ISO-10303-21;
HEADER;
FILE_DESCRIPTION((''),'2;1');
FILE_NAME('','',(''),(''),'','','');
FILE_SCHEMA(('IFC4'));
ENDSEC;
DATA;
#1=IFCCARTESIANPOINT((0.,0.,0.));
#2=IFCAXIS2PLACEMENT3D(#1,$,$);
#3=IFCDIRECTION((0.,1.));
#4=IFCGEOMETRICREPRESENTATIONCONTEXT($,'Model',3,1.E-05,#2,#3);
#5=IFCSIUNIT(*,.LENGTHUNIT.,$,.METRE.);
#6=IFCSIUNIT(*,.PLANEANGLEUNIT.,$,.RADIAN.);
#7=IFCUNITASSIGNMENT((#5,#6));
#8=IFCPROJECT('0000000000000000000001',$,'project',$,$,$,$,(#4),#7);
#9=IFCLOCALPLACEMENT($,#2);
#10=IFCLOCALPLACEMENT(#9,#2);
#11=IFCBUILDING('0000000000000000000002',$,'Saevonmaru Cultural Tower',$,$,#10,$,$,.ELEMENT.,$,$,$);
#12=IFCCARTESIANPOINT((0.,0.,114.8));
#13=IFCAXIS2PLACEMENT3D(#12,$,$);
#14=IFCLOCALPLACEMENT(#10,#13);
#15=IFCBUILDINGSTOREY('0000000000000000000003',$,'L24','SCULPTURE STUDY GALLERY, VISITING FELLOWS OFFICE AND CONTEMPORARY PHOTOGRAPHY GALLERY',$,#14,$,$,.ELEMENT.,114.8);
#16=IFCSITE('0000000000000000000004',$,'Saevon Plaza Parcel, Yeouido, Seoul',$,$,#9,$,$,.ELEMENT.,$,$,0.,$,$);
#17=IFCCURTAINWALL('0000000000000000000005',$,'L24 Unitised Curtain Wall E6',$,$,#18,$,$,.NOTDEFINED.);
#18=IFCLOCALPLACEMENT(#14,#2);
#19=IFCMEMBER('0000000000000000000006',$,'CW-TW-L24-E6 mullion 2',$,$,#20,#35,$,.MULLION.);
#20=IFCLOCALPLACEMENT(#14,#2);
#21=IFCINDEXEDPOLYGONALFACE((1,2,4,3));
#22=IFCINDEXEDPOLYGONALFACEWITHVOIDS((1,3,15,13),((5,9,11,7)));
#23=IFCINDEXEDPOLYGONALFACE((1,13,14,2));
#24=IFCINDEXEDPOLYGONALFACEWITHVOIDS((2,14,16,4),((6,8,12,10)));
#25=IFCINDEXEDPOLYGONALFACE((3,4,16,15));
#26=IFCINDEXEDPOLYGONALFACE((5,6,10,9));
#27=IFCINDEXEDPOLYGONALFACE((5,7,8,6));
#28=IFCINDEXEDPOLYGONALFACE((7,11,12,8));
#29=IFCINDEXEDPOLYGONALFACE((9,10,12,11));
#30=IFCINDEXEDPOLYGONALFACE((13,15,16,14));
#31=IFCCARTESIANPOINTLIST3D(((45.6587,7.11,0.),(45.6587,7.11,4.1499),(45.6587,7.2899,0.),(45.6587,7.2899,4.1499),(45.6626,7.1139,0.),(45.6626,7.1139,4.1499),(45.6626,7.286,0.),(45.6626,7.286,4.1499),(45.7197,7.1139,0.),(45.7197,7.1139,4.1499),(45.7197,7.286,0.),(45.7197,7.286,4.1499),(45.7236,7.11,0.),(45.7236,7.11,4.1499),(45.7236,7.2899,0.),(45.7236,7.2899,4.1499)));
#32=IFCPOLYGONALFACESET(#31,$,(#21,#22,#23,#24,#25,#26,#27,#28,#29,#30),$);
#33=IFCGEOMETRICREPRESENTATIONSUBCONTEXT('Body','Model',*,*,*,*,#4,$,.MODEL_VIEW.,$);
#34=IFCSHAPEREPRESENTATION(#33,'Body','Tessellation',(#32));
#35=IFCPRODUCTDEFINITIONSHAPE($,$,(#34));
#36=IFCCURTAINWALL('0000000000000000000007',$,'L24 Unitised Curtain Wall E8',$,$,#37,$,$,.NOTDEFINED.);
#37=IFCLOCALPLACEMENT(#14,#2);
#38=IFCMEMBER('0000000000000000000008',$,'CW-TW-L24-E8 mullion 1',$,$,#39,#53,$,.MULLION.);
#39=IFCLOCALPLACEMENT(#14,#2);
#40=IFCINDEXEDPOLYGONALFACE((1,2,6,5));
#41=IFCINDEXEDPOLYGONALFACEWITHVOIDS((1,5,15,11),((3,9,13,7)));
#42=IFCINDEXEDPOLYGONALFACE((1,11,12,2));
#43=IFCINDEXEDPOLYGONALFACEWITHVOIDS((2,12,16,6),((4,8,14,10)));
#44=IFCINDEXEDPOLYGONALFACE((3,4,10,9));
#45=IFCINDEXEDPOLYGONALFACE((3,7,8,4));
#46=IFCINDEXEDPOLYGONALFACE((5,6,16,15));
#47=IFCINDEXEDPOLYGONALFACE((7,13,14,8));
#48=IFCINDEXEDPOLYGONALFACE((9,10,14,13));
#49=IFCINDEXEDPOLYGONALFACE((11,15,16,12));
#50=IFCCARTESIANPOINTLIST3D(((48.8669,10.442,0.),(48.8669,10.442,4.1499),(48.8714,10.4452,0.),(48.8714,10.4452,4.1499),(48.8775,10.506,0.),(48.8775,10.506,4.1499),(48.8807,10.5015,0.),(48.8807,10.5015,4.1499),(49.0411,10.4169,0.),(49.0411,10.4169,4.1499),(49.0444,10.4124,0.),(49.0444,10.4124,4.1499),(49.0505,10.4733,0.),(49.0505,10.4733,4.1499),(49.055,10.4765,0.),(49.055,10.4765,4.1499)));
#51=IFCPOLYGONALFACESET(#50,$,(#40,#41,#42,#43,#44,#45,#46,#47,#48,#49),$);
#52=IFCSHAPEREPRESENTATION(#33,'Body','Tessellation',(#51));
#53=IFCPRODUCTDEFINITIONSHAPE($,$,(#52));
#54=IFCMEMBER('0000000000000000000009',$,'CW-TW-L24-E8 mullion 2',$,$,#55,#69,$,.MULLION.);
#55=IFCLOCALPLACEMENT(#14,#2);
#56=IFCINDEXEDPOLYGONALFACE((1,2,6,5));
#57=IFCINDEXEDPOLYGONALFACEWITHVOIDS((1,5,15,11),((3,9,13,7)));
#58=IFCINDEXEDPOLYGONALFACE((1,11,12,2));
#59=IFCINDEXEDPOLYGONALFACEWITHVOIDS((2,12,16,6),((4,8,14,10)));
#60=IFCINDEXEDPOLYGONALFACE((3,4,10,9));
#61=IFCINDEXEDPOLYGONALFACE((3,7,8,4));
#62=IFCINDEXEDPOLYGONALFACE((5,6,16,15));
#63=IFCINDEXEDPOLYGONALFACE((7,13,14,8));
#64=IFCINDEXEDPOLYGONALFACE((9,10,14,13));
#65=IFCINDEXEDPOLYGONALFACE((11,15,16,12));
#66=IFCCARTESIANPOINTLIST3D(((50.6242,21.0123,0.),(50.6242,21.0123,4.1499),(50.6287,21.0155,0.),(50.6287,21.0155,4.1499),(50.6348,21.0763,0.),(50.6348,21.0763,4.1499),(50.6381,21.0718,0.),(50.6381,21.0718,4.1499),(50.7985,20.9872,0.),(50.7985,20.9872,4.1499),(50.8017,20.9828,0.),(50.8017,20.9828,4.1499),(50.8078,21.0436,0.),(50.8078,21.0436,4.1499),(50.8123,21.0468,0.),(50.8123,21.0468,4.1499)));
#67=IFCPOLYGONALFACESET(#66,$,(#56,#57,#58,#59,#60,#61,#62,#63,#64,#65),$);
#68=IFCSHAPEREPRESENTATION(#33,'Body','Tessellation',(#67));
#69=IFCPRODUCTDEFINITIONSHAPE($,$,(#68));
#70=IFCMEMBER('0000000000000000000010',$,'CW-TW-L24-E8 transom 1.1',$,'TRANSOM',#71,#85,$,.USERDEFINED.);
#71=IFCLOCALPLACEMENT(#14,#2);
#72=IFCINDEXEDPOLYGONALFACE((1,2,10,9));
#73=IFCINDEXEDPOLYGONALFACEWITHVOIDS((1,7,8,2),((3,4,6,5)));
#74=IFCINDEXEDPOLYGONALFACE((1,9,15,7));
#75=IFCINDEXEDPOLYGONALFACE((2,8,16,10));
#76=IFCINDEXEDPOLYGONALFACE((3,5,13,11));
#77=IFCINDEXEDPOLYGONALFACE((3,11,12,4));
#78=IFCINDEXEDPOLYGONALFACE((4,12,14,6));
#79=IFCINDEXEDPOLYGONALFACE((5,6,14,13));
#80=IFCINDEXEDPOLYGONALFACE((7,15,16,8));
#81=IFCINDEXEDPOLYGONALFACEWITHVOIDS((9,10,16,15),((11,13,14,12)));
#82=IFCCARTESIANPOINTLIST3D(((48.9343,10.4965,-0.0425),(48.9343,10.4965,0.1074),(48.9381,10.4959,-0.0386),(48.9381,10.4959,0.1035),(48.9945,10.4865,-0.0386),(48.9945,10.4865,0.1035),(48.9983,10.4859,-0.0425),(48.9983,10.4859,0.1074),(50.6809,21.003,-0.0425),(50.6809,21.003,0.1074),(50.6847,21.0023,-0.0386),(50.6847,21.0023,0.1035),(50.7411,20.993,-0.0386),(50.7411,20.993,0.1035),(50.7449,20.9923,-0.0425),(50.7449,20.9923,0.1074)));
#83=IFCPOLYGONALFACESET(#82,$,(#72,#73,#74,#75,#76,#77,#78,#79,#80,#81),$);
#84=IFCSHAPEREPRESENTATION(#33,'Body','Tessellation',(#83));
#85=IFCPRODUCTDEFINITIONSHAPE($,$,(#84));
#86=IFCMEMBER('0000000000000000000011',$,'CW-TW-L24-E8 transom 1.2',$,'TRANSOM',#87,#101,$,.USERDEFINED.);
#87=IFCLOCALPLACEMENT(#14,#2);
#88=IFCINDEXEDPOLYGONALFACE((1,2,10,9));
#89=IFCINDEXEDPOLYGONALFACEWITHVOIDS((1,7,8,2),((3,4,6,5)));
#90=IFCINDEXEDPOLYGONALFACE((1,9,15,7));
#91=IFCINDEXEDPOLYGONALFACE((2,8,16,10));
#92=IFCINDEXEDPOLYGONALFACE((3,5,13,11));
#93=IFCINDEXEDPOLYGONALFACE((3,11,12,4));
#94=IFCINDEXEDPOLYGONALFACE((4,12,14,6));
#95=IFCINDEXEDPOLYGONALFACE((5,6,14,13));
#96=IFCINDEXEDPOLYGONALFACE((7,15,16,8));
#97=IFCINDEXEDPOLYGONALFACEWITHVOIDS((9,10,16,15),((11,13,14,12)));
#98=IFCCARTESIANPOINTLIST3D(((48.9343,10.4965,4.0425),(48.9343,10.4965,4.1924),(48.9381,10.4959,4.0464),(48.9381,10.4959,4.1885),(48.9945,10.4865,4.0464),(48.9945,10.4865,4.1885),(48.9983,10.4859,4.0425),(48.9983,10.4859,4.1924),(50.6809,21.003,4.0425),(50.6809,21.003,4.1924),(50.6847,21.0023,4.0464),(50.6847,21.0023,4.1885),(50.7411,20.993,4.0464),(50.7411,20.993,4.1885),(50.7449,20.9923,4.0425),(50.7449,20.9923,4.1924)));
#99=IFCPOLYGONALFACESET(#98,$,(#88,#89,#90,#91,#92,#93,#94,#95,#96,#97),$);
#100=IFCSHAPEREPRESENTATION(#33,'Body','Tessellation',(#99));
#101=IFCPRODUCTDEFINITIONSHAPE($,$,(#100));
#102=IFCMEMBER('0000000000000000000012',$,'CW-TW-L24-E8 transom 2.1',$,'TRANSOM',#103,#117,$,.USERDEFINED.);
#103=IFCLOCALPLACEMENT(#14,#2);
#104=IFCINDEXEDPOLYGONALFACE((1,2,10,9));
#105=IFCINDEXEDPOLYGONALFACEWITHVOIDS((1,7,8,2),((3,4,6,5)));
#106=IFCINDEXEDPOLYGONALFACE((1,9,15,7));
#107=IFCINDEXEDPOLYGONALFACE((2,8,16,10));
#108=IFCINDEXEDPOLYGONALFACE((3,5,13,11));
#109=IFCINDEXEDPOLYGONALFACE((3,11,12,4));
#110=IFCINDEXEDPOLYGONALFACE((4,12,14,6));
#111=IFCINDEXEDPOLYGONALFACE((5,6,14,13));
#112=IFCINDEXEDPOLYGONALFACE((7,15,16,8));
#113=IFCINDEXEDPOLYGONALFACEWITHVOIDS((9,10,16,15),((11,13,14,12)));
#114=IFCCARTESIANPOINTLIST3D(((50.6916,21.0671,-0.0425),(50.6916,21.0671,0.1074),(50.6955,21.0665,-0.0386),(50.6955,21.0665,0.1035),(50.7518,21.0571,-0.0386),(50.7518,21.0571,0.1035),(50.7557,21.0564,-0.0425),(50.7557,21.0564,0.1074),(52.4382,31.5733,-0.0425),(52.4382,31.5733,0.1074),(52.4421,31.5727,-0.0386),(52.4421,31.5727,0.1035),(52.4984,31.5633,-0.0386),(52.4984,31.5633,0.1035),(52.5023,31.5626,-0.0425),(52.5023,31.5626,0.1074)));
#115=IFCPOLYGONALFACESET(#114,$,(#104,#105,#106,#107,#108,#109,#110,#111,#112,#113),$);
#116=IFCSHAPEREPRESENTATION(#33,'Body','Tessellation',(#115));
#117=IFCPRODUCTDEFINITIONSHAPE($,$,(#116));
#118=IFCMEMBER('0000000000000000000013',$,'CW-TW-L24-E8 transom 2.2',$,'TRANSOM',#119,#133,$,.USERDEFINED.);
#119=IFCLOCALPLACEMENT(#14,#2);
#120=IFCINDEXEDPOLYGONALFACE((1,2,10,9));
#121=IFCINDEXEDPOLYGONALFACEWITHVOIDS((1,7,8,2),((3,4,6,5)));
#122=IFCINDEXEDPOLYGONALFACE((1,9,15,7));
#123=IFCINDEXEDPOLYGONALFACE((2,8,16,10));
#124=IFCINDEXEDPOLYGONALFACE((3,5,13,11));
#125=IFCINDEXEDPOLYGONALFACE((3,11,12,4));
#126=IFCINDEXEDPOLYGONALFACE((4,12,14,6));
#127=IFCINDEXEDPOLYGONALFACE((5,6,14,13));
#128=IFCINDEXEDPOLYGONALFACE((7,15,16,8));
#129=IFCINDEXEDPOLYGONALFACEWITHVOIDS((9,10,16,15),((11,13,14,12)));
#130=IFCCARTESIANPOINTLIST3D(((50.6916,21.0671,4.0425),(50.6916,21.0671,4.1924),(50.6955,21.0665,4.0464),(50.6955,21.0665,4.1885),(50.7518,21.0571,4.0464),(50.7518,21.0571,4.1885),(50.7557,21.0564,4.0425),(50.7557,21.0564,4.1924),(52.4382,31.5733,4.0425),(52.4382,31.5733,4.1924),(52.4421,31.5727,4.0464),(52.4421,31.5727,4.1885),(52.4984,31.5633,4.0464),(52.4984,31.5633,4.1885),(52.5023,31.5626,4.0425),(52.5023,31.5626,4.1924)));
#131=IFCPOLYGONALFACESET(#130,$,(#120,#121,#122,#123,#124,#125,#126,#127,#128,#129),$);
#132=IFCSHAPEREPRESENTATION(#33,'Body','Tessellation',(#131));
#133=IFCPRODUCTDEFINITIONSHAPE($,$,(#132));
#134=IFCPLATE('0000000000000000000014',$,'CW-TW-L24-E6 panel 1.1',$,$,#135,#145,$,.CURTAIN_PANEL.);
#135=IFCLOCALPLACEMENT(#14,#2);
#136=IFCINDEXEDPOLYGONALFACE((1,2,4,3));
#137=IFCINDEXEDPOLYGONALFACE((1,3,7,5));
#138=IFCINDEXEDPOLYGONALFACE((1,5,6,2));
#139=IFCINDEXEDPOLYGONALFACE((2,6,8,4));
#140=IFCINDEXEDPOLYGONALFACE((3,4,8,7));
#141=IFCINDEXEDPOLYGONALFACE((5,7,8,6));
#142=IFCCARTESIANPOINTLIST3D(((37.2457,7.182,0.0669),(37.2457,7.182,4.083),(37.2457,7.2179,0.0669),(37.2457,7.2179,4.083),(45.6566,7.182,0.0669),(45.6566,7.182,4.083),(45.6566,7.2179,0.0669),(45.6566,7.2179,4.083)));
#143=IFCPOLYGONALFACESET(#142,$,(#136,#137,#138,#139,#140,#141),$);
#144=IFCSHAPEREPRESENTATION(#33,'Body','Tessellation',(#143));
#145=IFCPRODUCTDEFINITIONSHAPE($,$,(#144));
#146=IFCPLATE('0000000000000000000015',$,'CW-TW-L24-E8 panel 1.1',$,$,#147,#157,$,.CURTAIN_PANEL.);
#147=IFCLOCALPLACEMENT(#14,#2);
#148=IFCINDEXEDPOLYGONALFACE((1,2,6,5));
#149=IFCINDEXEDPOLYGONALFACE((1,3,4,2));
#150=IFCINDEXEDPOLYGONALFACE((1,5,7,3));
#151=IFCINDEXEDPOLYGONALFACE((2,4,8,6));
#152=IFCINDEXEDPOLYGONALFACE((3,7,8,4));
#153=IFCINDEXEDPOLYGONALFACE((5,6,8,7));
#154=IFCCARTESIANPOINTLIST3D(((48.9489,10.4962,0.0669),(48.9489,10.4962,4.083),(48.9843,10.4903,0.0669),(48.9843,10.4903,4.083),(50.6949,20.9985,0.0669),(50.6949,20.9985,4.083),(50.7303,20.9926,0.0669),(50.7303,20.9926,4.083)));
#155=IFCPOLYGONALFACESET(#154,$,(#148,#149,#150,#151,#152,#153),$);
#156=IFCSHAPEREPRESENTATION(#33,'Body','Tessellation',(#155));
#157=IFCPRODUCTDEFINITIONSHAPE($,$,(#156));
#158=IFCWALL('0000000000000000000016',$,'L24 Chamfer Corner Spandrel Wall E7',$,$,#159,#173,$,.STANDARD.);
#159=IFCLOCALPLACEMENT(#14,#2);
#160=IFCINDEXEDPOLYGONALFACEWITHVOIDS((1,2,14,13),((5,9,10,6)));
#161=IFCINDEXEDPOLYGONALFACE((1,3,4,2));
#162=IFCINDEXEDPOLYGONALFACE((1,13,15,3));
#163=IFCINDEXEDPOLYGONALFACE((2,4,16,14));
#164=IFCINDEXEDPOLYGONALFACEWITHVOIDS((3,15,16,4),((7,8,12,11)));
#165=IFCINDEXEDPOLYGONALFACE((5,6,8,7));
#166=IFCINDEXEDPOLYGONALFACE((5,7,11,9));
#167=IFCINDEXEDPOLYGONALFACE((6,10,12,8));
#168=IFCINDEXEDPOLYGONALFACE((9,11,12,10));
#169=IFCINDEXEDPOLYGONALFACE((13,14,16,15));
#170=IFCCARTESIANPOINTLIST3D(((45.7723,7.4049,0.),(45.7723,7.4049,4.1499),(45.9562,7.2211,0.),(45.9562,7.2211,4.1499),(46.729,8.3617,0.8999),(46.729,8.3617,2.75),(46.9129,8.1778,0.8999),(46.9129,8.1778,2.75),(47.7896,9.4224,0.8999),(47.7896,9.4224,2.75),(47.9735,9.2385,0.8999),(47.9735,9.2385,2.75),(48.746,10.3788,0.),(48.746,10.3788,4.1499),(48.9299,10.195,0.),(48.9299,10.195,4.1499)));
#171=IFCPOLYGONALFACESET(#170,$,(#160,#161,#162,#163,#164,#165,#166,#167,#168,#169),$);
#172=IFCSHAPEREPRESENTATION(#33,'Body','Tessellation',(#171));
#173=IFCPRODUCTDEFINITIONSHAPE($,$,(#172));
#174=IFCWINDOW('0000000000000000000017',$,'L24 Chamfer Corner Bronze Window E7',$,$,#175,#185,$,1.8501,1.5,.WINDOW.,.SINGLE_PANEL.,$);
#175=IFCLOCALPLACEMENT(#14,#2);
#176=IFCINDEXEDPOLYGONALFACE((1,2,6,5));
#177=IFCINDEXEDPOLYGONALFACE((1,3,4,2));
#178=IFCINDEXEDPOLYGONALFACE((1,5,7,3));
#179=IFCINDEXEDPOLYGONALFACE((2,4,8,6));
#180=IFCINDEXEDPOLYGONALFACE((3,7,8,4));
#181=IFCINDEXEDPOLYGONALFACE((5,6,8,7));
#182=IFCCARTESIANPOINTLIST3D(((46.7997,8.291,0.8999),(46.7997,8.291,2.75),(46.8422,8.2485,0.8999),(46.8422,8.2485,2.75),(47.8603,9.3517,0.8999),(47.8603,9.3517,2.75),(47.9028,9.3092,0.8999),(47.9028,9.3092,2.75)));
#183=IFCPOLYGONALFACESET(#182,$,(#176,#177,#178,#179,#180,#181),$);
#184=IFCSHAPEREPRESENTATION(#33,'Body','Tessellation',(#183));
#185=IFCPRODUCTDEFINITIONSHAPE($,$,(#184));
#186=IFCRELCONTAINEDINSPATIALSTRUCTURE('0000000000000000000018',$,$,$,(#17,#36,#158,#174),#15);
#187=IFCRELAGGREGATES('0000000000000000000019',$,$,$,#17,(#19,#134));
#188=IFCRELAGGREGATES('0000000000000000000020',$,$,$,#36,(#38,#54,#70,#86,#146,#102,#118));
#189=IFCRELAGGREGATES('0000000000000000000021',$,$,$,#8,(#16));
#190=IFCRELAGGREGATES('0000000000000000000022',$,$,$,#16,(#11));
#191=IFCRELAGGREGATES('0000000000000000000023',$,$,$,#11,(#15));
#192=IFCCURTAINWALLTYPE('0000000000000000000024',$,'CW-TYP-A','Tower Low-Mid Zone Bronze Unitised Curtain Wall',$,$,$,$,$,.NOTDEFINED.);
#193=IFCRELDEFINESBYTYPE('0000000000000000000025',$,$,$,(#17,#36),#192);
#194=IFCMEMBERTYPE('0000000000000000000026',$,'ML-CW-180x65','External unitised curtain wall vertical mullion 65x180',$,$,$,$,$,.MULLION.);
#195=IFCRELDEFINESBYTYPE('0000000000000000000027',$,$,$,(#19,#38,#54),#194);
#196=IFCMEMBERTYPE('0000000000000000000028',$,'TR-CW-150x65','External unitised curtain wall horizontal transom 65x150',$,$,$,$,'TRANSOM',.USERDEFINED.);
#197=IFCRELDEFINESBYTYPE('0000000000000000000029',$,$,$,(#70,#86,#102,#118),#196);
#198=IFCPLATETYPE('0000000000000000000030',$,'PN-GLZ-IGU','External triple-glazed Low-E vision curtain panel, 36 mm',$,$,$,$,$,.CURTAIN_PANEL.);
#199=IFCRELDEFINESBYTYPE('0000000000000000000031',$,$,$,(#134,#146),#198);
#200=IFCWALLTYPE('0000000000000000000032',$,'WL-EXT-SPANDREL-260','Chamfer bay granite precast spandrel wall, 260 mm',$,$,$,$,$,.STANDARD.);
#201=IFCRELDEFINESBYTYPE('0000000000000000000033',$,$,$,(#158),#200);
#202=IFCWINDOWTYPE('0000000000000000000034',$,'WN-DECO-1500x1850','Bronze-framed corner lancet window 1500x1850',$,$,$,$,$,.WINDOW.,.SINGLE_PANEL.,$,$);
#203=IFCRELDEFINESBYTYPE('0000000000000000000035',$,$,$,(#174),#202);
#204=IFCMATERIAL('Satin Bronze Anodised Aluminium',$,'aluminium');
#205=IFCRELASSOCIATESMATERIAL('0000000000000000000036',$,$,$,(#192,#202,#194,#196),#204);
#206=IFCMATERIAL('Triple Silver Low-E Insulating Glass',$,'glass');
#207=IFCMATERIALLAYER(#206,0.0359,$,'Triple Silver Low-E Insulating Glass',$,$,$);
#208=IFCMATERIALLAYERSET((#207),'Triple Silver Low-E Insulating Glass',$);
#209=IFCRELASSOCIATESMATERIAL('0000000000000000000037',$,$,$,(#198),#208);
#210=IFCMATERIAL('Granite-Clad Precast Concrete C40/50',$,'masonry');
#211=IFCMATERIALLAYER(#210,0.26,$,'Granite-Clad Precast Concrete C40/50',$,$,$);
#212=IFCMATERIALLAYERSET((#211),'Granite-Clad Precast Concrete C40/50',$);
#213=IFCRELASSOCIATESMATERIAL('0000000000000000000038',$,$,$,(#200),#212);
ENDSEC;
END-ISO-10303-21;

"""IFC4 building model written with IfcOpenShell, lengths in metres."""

from ifc_helpers import new_model, si_unit, direction, frame, frame_2d, origin, origin_2d, place, context, subcontext, project, spatial, rectangle, hollow_rectangle, extrude, material, layer, layer_set, material_profile, profile_set, type_object, element, fill, aggregate, save


model = new_model("IFC4")

# Units and contexts
model_context = context("Model", 3, precision=1e-05, world=origin(), true_north=direction((0.0, 1.0)))
body_context = subcontext(model_context, "Body", "Model", "MODEL_VIEW")
ifc_project = project(units=[si_unit("LENGTHUNIT", "METRE"), si_unit("PLANEANGLEUNIT", "RADIAN")], contexts=[model_context])

# Site, building, storey
site_placement = place(None, origin())
site = spatial("IfcSite", under=ifc_project, at=site_placement, Name="Saevon Plaza Parcel, Yeouido, Seoul", CompositionType="ELEMENT", RefElevation=0.0)
building_placement = place(site_placement, origin())
building = spatial("IfcBuilding", under=site, at=building_placement, Name="Saevonmaru Cultural Tower", CompositionType="ELEMENT")
storey_placement = place(building_placement, frame((0.0, 0.0, 114.8)))
storey = spatial("IfcBuildingStorey", under=building, at=storey_placement, Name="L24", Description="SCULPTURE STUDY GALLERY, VISITING FELLOWS OFFICE AND CONTEMPORARY PHOTOGRAPHY GALLERY", CompositionType="ELEMENT", Elevation=114.8)

# Curtain wall, member
ifc_material_1 = material(Name="Satin Bronze Anodised Aluminium", Category="aluminium")
curtain_wall_type = type_object("IfcCurtainWallType", Name="CW-TYP-A", Description="Tower Low-Mid Zone Bronze Unitised Curtain Wall", PredefinedType="NOTDEFINED", material=ifc_material_1)
curtain_wall_1_placement = place(storey_placement, origin())
curtain_wall_1 = element("IfcCurtainWall", 1, at=curtain_wall_1_placement, inside=storey, type_object=curtain_wall_type, Name="L24 Unitised Curtain Wall E6", PredefinedType="NOTDEFINED")
ifc_material_profile_1 = material_profile(ifc_material_1, hollow_rectangle(XDim=0.0649, YDim=0.1799, WallThickness=0.0039, at=origin_2d()), Name="ALU-MULL-180x65x4")
ifc_profile_set_1 = profile_set([ifc_material_profile_1], Name="Satin Bronze Anodised Aluminium")
member_type_1 = type_object("IfcMemberType", Name="ML-CW-180x65", Description="External unitised curtain wall vertical mullion 65x180", PredefinedType="MULLION", material=ifc_profile_set_1)
member_1_placement = place(storey_placement, frame((45.6912, 7.2, 0.0), z_axis=(0.0, 0.0, 1.0), x_axis=(1.0, 0.0, 0.0)))
member_1 = element("IfcMember", 2, at=member_1_placement, type_object=member_type_1, Name="CW-TW-L24-E6 mullion 2", PredefinedType="MULLION", context=body_context, shape_type="SweptSolid", body=[
    extrude(hollow_rectangle(XDim=0.0649, YDim=0.1799, WallThickness=0.0039, at=origin_2d()), origin(), (0.0, 0.0, 1.0), 4.1499),
])

# Curtain wall, members
curtain_wall_2_placement = place(storey_placement, origin())
curtain_wall_2 = element("IfcCurtainWall", 3, at=curtain_wall_2_placement, inside=storey, type_object=curtain_wall_type, Name="L24 Unitised Curtain Wall E8", PredefinedType="NOTDEFINED")
member_2_placement = place(storey_placement, frame((48.9609, 10.4592, 0.0), z_axis=(0.0, 0.0, 1.0), x_axis=(0.163999, 0.986461, 0.0)))
member_2 = element("IfcMember", 4, at=member_2_placement, type_object=member_type_1, Name="CW-TW-L24-E8 mullion 1", PredefinedType="MULLION", context=body_context, shape_type="SweptSolid", body=[
    extrude(hollow_rectangle(XDim=0.0649, YDim=0.1799, WallThickness=0.0039, at=origin_2d()), origin(), (0.0, 0.0, 1.0), 4.1499),
])
member_3_placement = place(storey_placement, frame((50.7183, 21.0295, 0.0), z_axis=(0.0, 0.0, 1.0), x_axis=(0.163999, 0.986461, 0.0)))
member_3 = element("IfcMember", 5, at=member_3_placement, type_object=member_type_1, Name="CW-TW-L24-E8 mullion 2", PredefinedType="MULLION", context=body_context, shape_type="SweptSolid", body=[
    extrude(hollow_rectangle(XDim=0.0649, YDim=0.1799, WallThickness=0.0039, at=origin_2d()), origin(), (0.0, 0.0, 1.0), 4.1499),
])
ifc_material_profile_2 = material_profile(ifc_material_1, hollow_rectangle(XDim=0.0649, YDim=0.1499, WallThickness=0.0039, at=origin_2d()), Name="ALU-TRAN-150x65x4")
ifc_profile_set_2 = profile_set([ifc_material_profile_2], Name="Satin Bronze Anodised Aluminium")
member_type_2 = type_object("IfcMemberType", Name="TR-CW-150x65", Description="External unitised curtain wall horizontal transom 65x150", ElementType="TRANSOM", PredefinedType="USERDEFINED", material=ifc_profile_set_2)
member_4_placement = place(storey_placement, frame((48.9663, 10.4912, 0.0325), z_axis=(0.16399, 0.986462, 0.0), x_axis=(-0.986462, 0.16399, 0.0)))
member_4 = element("IfcMember", 6, at=member_4_placement, type_object=member_type_2, Name="CW-TW-L24-E8 transom 1.1", ObjectType="TRANSOM", PredefinedType="USERDEFINED", context=body_context, shape_type="SweptSolid", body=[
    extrude(hollow_rectangle(XDim=0.0649, YDim=0.1499, WallThickness=0.0039, at=origin_2d()), origin(), (0.0, 0.0, 1.0), 10.6506),
])
member_5_placement = place(storey_placement, frame((48.9663, 10.4912, 4.1174), z_axis=(0.16399, 0.986462, 0.0), x_axis=(-0.986462, 0.16399, 0.0)))
member_5 = element("IfcMember", 7, at=member_5_placement, type_object=member_type_2, Name="CW-TW-L24-E8 transom 1.2", ObjectType="TRANSOM", PredefinedType="USERDEFINED", context=body_context, shape_type="SweptSolid", body=[
    extrude(hollow_rectangle(XDim=0.0649, YDim=0.1499, WallThickness=0.0039, at=origin_2d()), origin(), (0.0, 0.0, 1.0), 10.6506),
])
member_6_placement = place(storey_placement, frame((50.7236, 21.0618, 0.0325), z_axis=(0.163994, 0.986461, 0.0), x_axis=(-0.986461, 0.163994, 0.0)))
member_6 = element("IfcMember", 8, at=member_6_placement, type_object=member_type_2, Name="CW-TW-L24-E8 transom 2.1", ObjectType="TRANSOM", PredefinedType="USERDEFINED", context=body_context, shape_type="SweptSolid", body=[
    extrude(hollow_rectangle(XDim=0.0649, YDim=0.1499, WallThickness=0.0039, at=origin_2d()), origin(), (0.0, 0.0, 1.0), 10.6504),
])
member_7_placement = place(storey_placement, frame((50.7236, 21.0618, 4.1174), z_axis=(0.163994, 0.986461, 0.0), x_axis=(-0.986461, 0.163994, 0.0)))
member_7 = element("IfcMember", 9, at=member_7_placement, type_object=member_type_2, Name="CW-TW-L24-E8 transom 2.2", ObjectType="TRANSOM", PredefinedType="USERDEFINED", context=body_context, shape_type="SweptSolid", body=[
    extrude(hollow_rectangle(XDim=0.0649, YDim=0.1499, WallThickness=0.0039, at=origin_2d()), origin(), (0.0, 0.0, 1.0), 10.6504),
])

# Plates
ifc_material_2 = material(Name="Triple Silver Low-E Insulating Glass", Category="glass")
ifc_layer_1 = layer(ifc_material_2, 0.0359, Name="Triple Silver Low-E Insulating Glass")
ifc_layer_set_1 = layer_set([ifc_layer_1], Name="Triple Silver Low-E Insulating Glass")
plate_type = type_object("IfcPlateType", Name="PN-GLZ-IGU", Description="External triple-glazed Low-E vision curtain panel, 36 mm", PredefinedType="CURTAIN_PANEL", material=ifc_layer_set_1)
plate_1_placement = place(storey_placement, frame((41.4512, 7.2, 0.0669), z_axis=(0.0, 0.0, 1.0), x_axis=(1.0, 0.0, 0.0)))
plate_1 = element("IfcPlate", 10, at=plate_1_placement, type_object=plate_type, Name="CW-TW-L24-E6 panel 1.1", PredefinedType="CURTAIN_PANEL", context=body_context, shape_type="SweptSolid", body=[
    extrude(rectangle(XDim=8.4109, YDim=0.0359, at=origin_2d()), origin(), (0.0, 0.0, 1.0), 4.0161),
])
aggregate(curtain_wall_1, [member_1, plate_1])
plate_2_placement = place(storey_placement, frame((49.8396, 15.7444, 0.0669), z_axis=(0.0, 0.0, 1.0), x_axis=(0.163999, 0.986461, 0.0)))
plate_2 = element("IfcPlate", 11, at=plate_2_placement, type_object=plate_type, Name="CW-TW-L24-E8 panel 1.1", PredefinedType="CURTAIN_PANEL", context=body_context, shape_type="SweptSolid", body=[
    extrude(rectangle(XDim=10.6465, YDim=0.0359, at=origin_2d()), origin(), (0.0, 0.0, 1.0), 4.0161),
])
aggregate(curtain_wall_2, [member_2, member_3, member_4, member_5, plate_2, member_6, member_7])

# Wall, opening, window
ifc_material_3 = material(Name="Granite-Clad Precast Concrete C40/50", Category="masonry")
ifc_layer_2 = layer(ifc_material_3, 0.26, Name="Granite-Clad Precast Concrete C40/50")
ifc_layer_set_2 = layer_set([ifc_layer_2], Name="Granite-Clad Precast Concrete C40/50")
wall_type_1 = type_object("IfcWallType", Name="WL-EXT-SPANDREL-260", Description="Chamfer bay granite precast spandrel wall, 260 mm", PredefinedType="STANDARD", material=ifc_layer_set_2)
wall_1_placement = place(storey_placement, frame((45.8643, 7.313, 0.0), z_axis=(0.0, 0.0, 1.0), x_axis=(0.707078, 0.707136, 0.0)))
wall_1 = element("IfcWall", 12, at=wall_1_placement, inside=storey, type_object=wall_type_1, Name="L24 Chamfer Corner Spandrel Wall E7", PredefinedType="STANDARD", context=body_context, shape_type="SweptSolid", body=[
    extrude(rectangle(XDim=4.2056, YDim=0.26, at=frame_2d((2.1028, 0.0))), origin(), (0.0, 0.0, 1.0), 4.1499),
])
opening_placement = place(wall_1_placement, frame((1.353, 0.0, 0.8999)))
opening = element("IfcOpeningElement", 13, at=opening_placement, cuts=wall_1, PredefinedType="OPENING", context=body_context, shape_type="SweptSolid", body=[
    extrude(rectangle(XDim=1.5, YDim=1.8501, at=frame_2d((0.75, 0.925))), frame((0.0, 0.1401, 0.0), z_axis=(0.0, -1.0, 0.0), x_axis=(1.0, 0.0, 0.0)), (0.0, 0.0, 1.0), 0.28),
])
window_type = type_object("IfcWindowType", Name="WN-DECO-1500x1850", Description="Bronze-framed corner lancet window 1500x1850", PartitioningType="SINGLE_PANEL", PredefinedType="WINDOW", material=ifc_material_1)
window_placement = place(opening_placement, origin())
window = element("IfcWindow", 14, at=window_placement, inside=storey, type_object=window_type, Name="L24 Chamfer Corner Bronze Window E7", OverallHeight=1.8501, OverallWidth=1.5, PartitioningType="SINGLE_PANEL", PredefinedType="WINDOW", context=body_context, shape_type="SweptSolid", body=[
    extrude(rectangle(XDim=1.5, YDim=1.8501, at=frame_2d((0.75, 0.925))), frame((0.0, 0.03, 0.0), z_axis=(0.0, -1.0, 0.0), x_axis=(1.0, 0.0, 0.0)), (0.0, 0.0, 1.0), 0.0601),
])
fill(opening, window)

save(model, "model.ifc")
